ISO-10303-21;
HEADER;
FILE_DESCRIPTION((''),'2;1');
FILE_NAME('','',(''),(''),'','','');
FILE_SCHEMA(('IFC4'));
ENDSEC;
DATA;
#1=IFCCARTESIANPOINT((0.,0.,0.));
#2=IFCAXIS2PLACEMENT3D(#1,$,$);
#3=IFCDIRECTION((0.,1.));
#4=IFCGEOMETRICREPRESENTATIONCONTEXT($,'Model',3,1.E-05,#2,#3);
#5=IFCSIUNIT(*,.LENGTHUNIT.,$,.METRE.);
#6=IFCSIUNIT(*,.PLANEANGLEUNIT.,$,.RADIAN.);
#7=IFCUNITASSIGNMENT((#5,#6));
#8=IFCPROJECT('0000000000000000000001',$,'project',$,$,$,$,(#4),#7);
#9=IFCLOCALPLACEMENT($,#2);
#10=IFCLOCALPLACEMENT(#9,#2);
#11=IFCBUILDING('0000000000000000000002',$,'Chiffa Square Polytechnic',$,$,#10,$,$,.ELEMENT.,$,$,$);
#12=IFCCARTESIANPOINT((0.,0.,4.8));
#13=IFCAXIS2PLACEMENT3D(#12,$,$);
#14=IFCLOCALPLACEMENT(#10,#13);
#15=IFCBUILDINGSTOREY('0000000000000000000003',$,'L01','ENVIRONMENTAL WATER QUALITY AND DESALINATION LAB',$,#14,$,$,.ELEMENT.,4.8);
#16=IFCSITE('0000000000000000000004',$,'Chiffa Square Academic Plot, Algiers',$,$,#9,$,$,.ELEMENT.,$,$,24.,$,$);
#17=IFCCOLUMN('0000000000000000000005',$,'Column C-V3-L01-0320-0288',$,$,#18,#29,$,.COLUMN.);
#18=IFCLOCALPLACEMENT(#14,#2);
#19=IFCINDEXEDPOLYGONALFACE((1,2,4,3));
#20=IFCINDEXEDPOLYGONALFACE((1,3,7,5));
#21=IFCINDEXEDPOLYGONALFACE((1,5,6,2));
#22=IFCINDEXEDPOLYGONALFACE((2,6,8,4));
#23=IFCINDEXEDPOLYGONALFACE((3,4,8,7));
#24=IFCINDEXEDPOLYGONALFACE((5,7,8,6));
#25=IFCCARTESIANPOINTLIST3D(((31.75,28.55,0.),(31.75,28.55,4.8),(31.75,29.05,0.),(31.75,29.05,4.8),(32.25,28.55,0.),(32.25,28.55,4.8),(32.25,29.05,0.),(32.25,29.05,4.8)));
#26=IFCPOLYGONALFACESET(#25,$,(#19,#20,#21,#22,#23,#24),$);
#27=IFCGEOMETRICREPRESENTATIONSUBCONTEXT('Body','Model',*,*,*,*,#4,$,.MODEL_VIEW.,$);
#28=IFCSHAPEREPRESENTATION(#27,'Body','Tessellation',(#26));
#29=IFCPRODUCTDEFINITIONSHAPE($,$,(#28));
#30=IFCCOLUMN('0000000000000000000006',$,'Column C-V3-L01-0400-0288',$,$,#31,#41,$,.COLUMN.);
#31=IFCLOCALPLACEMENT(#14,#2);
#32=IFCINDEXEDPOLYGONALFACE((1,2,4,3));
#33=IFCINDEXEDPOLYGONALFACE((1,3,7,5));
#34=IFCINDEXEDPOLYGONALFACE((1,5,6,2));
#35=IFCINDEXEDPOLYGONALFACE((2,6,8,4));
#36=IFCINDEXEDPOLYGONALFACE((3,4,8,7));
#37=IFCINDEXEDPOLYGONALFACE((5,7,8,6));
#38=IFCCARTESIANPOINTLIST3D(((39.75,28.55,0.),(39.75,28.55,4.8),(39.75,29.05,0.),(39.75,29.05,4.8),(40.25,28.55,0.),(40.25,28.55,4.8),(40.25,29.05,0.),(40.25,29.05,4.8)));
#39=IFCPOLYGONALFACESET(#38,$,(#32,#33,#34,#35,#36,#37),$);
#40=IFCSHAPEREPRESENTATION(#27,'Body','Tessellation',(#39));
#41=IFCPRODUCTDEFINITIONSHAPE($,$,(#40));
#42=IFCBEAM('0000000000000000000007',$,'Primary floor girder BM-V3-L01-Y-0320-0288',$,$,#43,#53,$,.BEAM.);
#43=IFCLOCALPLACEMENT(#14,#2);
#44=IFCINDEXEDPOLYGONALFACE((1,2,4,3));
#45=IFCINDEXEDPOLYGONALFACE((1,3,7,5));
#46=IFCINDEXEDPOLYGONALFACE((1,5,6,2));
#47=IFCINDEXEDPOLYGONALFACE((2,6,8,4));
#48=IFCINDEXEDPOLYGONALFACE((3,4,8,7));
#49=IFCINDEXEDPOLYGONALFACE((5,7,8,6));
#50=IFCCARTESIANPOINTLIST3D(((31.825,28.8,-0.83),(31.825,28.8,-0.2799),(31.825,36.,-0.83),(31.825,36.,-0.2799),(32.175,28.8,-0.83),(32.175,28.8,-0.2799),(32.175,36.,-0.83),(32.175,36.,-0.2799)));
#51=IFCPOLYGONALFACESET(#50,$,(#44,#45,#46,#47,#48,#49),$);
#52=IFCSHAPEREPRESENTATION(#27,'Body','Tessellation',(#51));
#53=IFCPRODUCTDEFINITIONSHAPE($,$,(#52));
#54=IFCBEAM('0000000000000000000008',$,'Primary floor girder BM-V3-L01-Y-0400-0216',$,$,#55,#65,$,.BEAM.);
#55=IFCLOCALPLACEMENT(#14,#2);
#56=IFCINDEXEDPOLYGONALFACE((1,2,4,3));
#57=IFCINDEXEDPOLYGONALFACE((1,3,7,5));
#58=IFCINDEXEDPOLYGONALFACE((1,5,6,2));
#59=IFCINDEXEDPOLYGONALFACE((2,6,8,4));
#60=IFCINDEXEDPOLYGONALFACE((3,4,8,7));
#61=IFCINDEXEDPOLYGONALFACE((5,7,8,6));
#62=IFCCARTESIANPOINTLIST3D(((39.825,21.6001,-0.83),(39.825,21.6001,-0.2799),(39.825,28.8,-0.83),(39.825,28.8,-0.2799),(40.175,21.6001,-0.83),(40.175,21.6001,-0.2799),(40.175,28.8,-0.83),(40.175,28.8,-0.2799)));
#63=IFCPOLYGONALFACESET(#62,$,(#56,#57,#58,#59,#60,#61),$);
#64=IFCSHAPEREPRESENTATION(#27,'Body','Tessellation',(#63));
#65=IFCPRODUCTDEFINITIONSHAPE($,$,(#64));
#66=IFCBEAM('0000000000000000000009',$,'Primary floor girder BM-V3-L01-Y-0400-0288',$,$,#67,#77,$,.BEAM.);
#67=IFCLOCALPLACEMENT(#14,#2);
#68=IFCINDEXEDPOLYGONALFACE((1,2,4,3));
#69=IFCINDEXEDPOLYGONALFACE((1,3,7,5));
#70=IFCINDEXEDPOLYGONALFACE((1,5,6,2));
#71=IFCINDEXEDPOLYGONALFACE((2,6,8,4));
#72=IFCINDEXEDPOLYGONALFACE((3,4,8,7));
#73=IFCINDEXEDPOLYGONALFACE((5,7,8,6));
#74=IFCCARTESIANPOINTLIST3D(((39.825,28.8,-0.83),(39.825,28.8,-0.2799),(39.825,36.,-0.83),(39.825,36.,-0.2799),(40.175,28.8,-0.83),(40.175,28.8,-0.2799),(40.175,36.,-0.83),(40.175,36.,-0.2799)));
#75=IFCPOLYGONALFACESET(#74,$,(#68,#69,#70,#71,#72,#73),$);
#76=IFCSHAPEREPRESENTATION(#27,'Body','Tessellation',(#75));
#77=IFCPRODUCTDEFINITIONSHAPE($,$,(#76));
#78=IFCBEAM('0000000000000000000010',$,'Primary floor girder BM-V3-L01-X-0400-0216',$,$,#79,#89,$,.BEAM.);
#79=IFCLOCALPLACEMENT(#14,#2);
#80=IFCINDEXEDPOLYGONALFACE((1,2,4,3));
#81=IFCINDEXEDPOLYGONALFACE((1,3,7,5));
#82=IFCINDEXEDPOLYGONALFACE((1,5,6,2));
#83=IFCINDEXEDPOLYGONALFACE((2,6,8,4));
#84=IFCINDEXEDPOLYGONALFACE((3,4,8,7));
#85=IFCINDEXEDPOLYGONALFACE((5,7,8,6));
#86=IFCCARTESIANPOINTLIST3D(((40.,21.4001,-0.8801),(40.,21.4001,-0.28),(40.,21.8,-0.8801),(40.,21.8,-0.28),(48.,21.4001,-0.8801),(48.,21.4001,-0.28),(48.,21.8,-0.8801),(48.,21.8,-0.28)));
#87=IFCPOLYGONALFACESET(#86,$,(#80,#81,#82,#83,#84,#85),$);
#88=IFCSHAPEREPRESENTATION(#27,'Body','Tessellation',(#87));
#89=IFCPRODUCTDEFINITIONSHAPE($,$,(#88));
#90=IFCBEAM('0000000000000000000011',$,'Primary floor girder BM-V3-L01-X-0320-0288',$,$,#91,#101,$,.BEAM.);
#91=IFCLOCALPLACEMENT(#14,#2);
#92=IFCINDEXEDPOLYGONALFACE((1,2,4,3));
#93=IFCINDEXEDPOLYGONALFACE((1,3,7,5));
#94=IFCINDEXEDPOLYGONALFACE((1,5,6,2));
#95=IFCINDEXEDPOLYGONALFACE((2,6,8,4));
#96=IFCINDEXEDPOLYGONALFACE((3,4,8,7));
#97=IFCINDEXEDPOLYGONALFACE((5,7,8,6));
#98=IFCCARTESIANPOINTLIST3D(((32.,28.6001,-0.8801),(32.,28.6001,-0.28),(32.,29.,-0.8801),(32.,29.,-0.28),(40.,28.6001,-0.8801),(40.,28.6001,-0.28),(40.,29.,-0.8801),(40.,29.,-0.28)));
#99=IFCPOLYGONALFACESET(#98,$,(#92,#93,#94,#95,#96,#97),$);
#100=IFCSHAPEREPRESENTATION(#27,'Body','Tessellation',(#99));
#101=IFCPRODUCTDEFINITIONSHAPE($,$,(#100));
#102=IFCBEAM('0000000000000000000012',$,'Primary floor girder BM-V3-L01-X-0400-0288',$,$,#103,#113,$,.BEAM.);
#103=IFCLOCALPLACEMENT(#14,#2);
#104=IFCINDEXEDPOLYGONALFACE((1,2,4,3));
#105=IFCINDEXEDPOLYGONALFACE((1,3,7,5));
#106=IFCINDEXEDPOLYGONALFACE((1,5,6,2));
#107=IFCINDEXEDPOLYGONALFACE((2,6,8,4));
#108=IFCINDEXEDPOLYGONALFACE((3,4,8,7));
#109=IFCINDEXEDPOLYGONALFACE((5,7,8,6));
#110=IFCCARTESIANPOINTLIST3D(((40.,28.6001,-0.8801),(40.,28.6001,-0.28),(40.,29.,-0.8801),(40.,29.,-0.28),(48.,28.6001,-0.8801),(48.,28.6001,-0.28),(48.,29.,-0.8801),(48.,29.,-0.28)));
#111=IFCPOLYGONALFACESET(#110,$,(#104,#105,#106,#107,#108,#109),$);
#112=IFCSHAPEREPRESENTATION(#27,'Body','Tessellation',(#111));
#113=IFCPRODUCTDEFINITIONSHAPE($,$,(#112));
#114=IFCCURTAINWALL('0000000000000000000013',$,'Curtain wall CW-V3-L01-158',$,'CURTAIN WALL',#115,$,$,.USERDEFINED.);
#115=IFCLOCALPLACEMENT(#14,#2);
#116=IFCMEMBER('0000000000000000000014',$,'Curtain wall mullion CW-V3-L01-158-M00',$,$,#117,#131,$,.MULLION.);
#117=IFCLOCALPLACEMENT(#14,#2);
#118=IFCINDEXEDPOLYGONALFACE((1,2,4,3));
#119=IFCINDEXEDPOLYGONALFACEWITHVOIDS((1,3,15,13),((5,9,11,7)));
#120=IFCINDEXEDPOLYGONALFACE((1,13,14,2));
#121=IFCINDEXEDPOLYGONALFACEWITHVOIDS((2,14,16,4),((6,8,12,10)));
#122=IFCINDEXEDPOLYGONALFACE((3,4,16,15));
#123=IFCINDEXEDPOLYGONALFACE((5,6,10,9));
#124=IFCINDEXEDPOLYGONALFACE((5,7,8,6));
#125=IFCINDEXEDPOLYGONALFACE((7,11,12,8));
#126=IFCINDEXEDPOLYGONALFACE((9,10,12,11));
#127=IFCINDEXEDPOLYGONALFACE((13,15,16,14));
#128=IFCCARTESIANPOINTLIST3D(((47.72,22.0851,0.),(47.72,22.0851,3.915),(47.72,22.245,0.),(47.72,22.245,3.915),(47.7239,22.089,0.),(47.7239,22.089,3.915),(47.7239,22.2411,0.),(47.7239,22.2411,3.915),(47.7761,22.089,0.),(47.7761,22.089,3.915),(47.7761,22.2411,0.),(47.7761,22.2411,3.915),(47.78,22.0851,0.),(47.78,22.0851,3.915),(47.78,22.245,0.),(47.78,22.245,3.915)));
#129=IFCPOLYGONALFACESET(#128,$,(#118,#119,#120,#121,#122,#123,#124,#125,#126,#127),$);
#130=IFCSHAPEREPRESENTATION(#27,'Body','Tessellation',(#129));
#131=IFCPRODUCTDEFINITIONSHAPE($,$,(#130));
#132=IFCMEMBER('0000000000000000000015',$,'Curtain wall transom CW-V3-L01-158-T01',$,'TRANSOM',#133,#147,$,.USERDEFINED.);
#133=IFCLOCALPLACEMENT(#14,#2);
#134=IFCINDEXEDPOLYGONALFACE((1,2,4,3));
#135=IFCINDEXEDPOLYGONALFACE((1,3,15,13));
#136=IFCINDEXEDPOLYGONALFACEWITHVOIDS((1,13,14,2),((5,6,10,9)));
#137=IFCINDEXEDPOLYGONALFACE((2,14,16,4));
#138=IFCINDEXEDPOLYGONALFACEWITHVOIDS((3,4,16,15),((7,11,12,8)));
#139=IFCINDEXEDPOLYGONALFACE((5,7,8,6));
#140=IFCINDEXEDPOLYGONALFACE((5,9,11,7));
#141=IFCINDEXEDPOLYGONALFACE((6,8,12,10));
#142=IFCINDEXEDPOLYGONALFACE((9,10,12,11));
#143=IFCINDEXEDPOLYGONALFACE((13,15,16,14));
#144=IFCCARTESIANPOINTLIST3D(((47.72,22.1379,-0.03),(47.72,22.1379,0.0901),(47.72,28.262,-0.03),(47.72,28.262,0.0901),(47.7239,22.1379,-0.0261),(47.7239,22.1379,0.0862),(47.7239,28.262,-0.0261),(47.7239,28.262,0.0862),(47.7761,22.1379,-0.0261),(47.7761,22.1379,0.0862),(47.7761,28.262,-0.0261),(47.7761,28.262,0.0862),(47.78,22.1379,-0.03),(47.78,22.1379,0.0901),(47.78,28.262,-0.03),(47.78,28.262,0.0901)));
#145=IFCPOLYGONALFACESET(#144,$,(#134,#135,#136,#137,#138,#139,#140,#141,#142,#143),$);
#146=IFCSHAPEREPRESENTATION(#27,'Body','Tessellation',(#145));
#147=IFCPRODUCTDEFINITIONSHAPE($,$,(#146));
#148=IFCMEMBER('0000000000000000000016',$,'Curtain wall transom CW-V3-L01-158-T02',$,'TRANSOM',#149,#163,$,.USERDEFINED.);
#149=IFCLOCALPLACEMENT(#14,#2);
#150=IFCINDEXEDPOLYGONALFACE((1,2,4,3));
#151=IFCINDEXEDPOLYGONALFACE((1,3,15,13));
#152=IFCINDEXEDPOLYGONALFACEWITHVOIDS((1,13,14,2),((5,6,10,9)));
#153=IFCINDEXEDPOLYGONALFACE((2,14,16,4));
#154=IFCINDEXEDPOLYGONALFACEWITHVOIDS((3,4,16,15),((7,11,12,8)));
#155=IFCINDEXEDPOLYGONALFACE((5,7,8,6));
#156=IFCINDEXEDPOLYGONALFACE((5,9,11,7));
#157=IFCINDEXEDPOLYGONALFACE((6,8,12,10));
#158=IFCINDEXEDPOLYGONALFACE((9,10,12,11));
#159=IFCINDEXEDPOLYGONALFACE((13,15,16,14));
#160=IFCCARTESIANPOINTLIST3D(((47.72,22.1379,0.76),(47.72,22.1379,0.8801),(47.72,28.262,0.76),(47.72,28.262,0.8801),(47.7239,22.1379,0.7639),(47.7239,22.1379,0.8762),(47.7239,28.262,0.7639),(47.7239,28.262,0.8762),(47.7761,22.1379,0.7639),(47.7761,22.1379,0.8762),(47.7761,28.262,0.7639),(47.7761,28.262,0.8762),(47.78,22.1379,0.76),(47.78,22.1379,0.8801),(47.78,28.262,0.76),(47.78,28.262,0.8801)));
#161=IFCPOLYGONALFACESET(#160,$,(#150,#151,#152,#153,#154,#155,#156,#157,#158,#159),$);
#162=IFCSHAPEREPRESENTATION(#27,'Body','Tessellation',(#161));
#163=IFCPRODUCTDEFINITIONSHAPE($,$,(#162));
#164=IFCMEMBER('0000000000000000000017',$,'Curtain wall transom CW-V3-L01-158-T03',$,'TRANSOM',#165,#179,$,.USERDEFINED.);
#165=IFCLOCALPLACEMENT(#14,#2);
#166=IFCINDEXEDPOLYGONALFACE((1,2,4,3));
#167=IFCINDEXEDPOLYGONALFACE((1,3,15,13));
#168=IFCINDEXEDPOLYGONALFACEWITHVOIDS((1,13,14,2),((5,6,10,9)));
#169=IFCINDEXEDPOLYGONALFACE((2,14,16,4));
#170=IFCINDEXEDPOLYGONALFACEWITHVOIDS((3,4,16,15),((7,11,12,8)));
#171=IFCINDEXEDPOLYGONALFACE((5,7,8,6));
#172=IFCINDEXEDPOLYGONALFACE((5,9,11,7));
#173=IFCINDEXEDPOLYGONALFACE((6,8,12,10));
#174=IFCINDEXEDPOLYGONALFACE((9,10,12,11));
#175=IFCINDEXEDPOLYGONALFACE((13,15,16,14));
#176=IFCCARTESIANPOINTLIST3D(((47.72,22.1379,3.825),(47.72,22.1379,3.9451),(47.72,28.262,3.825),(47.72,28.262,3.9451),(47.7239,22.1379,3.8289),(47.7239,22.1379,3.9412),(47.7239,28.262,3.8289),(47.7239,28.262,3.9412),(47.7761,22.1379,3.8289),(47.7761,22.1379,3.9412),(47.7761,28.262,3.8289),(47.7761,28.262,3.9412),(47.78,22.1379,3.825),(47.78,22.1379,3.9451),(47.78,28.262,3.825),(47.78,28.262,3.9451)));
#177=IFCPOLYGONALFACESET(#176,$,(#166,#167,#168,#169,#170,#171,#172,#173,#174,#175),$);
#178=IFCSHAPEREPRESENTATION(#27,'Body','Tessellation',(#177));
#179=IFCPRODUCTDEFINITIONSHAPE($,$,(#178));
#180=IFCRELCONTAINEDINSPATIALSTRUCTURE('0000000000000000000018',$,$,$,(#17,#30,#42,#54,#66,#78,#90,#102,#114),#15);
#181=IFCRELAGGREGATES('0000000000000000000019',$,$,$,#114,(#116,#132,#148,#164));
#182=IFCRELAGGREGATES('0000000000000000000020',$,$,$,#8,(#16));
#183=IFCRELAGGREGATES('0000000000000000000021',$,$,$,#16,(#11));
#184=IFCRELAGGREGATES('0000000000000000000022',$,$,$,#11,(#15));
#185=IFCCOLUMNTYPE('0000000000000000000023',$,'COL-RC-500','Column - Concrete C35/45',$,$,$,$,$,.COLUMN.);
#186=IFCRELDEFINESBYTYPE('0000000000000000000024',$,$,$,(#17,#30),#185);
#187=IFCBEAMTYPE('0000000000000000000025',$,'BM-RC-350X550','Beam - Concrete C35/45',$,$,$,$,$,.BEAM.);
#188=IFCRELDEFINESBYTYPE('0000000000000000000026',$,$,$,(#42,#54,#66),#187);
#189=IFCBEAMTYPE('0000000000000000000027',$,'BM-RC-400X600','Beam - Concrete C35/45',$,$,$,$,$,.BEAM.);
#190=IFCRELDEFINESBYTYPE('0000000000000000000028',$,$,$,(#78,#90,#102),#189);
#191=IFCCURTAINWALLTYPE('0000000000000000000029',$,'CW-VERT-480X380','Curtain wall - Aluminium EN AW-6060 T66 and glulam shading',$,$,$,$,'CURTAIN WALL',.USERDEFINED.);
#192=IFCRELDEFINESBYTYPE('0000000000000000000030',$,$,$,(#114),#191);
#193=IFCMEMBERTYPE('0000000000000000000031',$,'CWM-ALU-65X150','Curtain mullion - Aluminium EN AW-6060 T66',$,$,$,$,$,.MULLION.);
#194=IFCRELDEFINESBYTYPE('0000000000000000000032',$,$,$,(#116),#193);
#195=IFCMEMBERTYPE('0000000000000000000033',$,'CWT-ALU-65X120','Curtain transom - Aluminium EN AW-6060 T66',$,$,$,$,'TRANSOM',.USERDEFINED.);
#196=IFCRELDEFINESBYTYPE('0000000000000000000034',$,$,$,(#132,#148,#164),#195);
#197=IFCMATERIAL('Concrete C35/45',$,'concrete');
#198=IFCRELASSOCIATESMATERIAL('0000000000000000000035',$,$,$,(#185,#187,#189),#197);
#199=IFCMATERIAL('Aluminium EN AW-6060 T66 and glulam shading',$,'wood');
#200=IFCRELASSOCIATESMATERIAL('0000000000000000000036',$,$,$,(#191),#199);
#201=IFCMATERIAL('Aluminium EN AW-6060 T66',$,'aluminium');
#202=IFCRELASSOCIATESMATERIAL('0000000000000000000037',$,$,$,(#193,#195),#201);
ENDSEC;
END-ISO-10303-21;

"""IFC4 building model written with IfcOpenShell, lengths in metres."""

from ifc_helpers import new_model, si_unit, direction, frame, origin, origin_2d, place, context, subcontext, project, spatial, rectangle, hollow_rectangle, extrude, material, material_profile, profile_set, type_object, element, aggregate, save


model = new_model("IFC4")

# Units and contexts
model_context = context("Model", 3, precision=1e-05, world=origin(), true_north=direction((0.0, 1.0)))
body_context = subcontext(model_context, "Body", "Model", "MODEL_VIEW")
ifc_project = project(units=[si_unit("LENGTHUNIT", "METRE"), si_unit("PLANEANGLEUNIT", "RADIAN")], contexts=[model_context])

# Site, building, storey
site_placement = place(None, origin())
site = spatial("IfcSite", under=ifc_project, at=site_placement, Name="Chiffa Square Academic Plot, Algiers", CompositionType="ELEMENT", RefElevation=24.0)
building_placement = place(site_placement, origin())
building = spatial("IfcBuilding", under=site, at=building_placement, Name="Chiffa Square Polytechnic", CompositionType="ELEMENT")
storey_placement = place(building_placement, frame((0.0, 0.0, 4.8)))
storey = spatial("IfcBuildingStorey", under=building, at=storey_placement, Name="L01", Description="ENVIRONMENTAL WATER QUALITY AND DESALINATION LAB", CompositionType="ELEMENT", Elevation=4.8)

# Columns
ifc_material_1 = material(Name="Concrete C35/45", Category="concrete")
ifc_material_profile_1 = material_profile(ifc_material_1, rectangle(XDim=0.5, YDim=0.5, at=origin_2d()), Name="RC 500x500")
ifc_profile_set_1 = profile_set([ifc_material_profile_1], Name="Concrete C35/45")
column_type = type_object("IfcColumnType", Name="COL-RC-500", Description="Column - Concrete C35/45", PredefinedType="COLUMN", material=ifc_profile_set_1)
for number, where, z_axis, x_axis, name in (
    (1, (32.0, 28.8, 0.0), (0.0, 0.0, 1.0), (1.0, 0.0, 0.0), "Column C-V3-L01-0320-0288"),
    (2, (40.0, 28.8, 0.0), (0.0, 0.0, 1.0), (1.0, 0.0, 0.0), "Column C-V3-L01-0400-0288"),
):
    element("IfcColumn", number, at=place(storey_placement, frame(where, z_axis=z_axis, x_axis=x_axis)), inside=storey, type_object=column_type, Name=name, PredefinedType="COLUMN", context=body_context, shape_type="SweptSolid", body=[
        extrude(rectangle(XDim=0.5, YDim=0.5, at=origin_2d()), origin(), (0.0, 0.0, 1.0), 4.8),
    ])

# Beams
ifc_material_profile_2 = material_profile(ifc_material_1, rectangle(XDim=0.3501, YDim=0.55, at=origin_2d()), Name="RC 350x550")
ifc_profile_set_2 = profile_set([ifc_material_profile_2], Name="Concrete C35/45")
beam_type_1 = type_object("IfcBeamType", Name="BM-RC-350X550", Description="Beam - Concrete C35/45", PredefinedType="BEAM", material=ifc_profile_set_2)
for number, where, z_axis, x_axis, name in (
    (3, (32.0, 28.8, -0.5549), (0.0, 1.0, 0.0), (-1.0, 0.0, 0.0), "Primary floor girder BM-V3-L01-Y-0320-0288"),
    (4, (40.0, 21.6001, -0.5549), (0.0, 1.0, 0.0), (-1.0, 0.0, 0.0), "Primary floor girder BM-V3-L01-Y-0400-0216"),
    (5, (40.0, 28.8, -0.5549), (0.0, 1.0, 0.0), (-1.0, 0.0, 0.0), "Primary floor girder BM-V3-L01-Y-0400-0288"),
):
    element("IfcBeam", number, at=place(storey_placement, frame(where, z_axis=z_axis, x_axis=x_axis)), inside=storey, type_object=beam_type_1, Name=name, PredefinedType="BEAM", context=body_context, shape_type="SweptSolid", body=[
        extrude(rectangle(XDim=0.3501, YDim=0.55, at=origin_2d()), origin(), (0.0, 0.0, 1.0), 7.2),
    ])
ifc_material_profile_3 = material_profile(ifc_material_1, rectangle(XDim=0.3999, YDim=0.6001, at=origin_2d()), Name="RC 400x600")
ifc_profile_set_3 = profile_set([ifc_material_profile_3], Name="Concrete C35/45")
beam_type_2 = type_object("IfcBeamType", Name="BM-RC-400X600", Description="Beam - Concrete C35/45", PredefinedType="BEAM", material=ifc_profile_set_3)
for number, where, z_axis, x_axis, name in (
    (6, (40.0, 21.6001, -0.5801), (1.0, 0.0, 0.0), (0.0, 1.0, 0.0), "Primary floor girder BM-V3-L01-X-0400-0216"),
    (7, (32.0, 28.8, -0.5801), (1.0, 0.0, 0.0), (0.0, 1.0, 0.0), "Primary floor girder BM-V3-L01-X-0320-0288"),
    (8, (40.0, 28.8, -0.5801), (1.0, 0.0, 0.0), (0.0, 1.0, 0.0), "Primary floor girder BM-V3-L01-X-0400-0288"),
):
    element("IfcBeam", number, at=place(storey_placement, frame(where, z_axis=z_axis, x_axis=x_axis)), inside=storey, type_object=beam_type_2, Name=name, PredefinedType="BEAM", context=body_context, shape_type="SweptSolid", body=[
        extrude(rectangle(XDim=0.3999, YDim=0.6001, at=origin_2d()), origin(), (0.0, 0.0, 1.0), 8.0),
    ])

# Curtain wall, members
ifc_material_2 = material(Name="Aluminium EN AW-6060 T66 and glulam shading", Category="wood")
curtain_wall_type = type_object("IfcCurtainWallType", Name="CW-VERT-480X380", Description="Curtain wall - Aluminium EN AW-6060 T66 and glulam shading", ElementType="CURTAIN WALL", PredefinedType="USERDEFINED", material=ifc_material_2)
curtain_wall_placement = place(storey_placement, origin())
curtain_wall = element("IfcCurtainWall", 9, at=curtain_wall_placement, inside=storey, type_object=curtain_wall_type, Name="Curtain wall CW-V3-L01-158", ObjectType="CURTAIN WALL", PredefinedType="USERDEFINED")
ifc_material_3 = material(Name="Aluminium EN AW-6060 T66", Category="aluminium")
ifc_material_profile_4 = material_profile(ifc_material_3, hollow_rectangle(XDim=0.0601, YDim=0.1599, WallThickness=0.0039, at=origin_2d()), Name="ALU 60x160x4")
ifc_profile_set_4 = profile_set([ifc_material_profile_4], Name="Aluminium EN AW-6060 T66")
member_type_1 = type_object("IfcMemberType", Name="CWM-ALU-65X150", Description="Curtain mullion - Aluminium EN AW-6060 T66", PredefinedType="MULLION", material=ifc_profile_set_4)
member_1_placement = place(storey_placement, frame((47.75, 22.165, 0.0), z_axis=(0.0, 0.0, 1.0), x_axis=(1.0, 0.0, 0.0)))
member_1 = element("IfcMember", 10, at=member_1_placement, type_object=member_type_1, Name="Curtain wall mullion CW-V3-L01-158-M00", PredefinedType="MULLION", context=body_context, shape_type="SweptSolid", body=[
    extrude(hollow_rectangle(XDim=0.0601, YDim=0.1599, WallThickness=0.0039, at=origin_2d()), origin(), (0.0, 0.0, 1.0), 3.915),
])
ifc_material_profile_5 = material_profile(ifc_material_3, hollow_rectangle(XDim=0.0601, YDim=0.1201, WallThickness=0.0039, at=origin_2d()), Name="ALU 60x120x4")
ifc_profile_set_5 = profile_set([ifc_material_profile_5], Name="Aluminium EN AW-6060 T66")
member_type_2 = type_object("IfcMemberType", Name="CWT-ALU-65X120", Description="Curtain transom - Aluminium EN AW-6060 T66", ElementType="TRANSOM", PredefinedType="USERDEFINED", material=ifc_profile_set_5)
member_2_placement = place(storey_placement, frame((47.75, 22.1379, 0.03), z_axis=(0.0, 1.0, 0.0), x_axis=(-1.0, 0.0, 0.0)))
member_2 = element("IfcMember", 11, at=member_2_placement, type_object=member_type_2, Name="Curtain wall transom CW-V3-L01-158-T01", ObjectType="TRANSOM", PredefinedType="USERDEFINED", context=body_context, shape_type="SweptSolid", body=[
    extrude(hollow_rectangle(XDim=0.0601, YDim=0.1201, WallThickness=0.0039, at=origin_2d()), origin(), (0.0, 0.0, 1.0), 6.124),
])
member_3_placement = place(storey_placement, frame((47.75, 22.1379, 0.8201), z_axis=(0.0, 1.0, 0.0), x_axis=(-1.0, 0.0, 0.0)))
member_3 = element("IfcMember", 12, at=member_3_placement, type_object=member_type_2, Name="Curtain wall transom CW-V3-L01-158-T02", ObjectType="TRANSOM", PredefinedType="USERDEFINED", context=body_context, shape_type="SweptSolid", body=[
    extrude(hollow_rectangle(XDim=0.0601, YDim=0.1201, WallThickness=0.0039, at=origin_2d()), origin(), (0.0, 0.0, 1.0), 6.124),
])
member_4_placement = place(storey_placement, frame((47.75, 22.1379, 3.885), z_axis=(0.0, 1.0, 0.0), x_axis=(-1.0, 0.0, 0.0)))
member_4 = element("IfcMember", 13, at=member_4_placement, type_object=member_type_2, Name="Curtain wall transom CW-V3-L01-158-T03", ObjectType="TRANSOM", PredefinedType="USERDEFINED", context=body_context, shape_type="SweptSolid", body=[
    extrude(hollow_rectangle(XDim=0.0601, YDim=0.1201, WallThickness=0.0039, at=origin_2d()), origin(), (0.0, 0.0, 1.0), 6.124),
])
aggregate(curtain_wall, [member_1, member_2, member_3, member_4])

save(model, "model.ifc")
